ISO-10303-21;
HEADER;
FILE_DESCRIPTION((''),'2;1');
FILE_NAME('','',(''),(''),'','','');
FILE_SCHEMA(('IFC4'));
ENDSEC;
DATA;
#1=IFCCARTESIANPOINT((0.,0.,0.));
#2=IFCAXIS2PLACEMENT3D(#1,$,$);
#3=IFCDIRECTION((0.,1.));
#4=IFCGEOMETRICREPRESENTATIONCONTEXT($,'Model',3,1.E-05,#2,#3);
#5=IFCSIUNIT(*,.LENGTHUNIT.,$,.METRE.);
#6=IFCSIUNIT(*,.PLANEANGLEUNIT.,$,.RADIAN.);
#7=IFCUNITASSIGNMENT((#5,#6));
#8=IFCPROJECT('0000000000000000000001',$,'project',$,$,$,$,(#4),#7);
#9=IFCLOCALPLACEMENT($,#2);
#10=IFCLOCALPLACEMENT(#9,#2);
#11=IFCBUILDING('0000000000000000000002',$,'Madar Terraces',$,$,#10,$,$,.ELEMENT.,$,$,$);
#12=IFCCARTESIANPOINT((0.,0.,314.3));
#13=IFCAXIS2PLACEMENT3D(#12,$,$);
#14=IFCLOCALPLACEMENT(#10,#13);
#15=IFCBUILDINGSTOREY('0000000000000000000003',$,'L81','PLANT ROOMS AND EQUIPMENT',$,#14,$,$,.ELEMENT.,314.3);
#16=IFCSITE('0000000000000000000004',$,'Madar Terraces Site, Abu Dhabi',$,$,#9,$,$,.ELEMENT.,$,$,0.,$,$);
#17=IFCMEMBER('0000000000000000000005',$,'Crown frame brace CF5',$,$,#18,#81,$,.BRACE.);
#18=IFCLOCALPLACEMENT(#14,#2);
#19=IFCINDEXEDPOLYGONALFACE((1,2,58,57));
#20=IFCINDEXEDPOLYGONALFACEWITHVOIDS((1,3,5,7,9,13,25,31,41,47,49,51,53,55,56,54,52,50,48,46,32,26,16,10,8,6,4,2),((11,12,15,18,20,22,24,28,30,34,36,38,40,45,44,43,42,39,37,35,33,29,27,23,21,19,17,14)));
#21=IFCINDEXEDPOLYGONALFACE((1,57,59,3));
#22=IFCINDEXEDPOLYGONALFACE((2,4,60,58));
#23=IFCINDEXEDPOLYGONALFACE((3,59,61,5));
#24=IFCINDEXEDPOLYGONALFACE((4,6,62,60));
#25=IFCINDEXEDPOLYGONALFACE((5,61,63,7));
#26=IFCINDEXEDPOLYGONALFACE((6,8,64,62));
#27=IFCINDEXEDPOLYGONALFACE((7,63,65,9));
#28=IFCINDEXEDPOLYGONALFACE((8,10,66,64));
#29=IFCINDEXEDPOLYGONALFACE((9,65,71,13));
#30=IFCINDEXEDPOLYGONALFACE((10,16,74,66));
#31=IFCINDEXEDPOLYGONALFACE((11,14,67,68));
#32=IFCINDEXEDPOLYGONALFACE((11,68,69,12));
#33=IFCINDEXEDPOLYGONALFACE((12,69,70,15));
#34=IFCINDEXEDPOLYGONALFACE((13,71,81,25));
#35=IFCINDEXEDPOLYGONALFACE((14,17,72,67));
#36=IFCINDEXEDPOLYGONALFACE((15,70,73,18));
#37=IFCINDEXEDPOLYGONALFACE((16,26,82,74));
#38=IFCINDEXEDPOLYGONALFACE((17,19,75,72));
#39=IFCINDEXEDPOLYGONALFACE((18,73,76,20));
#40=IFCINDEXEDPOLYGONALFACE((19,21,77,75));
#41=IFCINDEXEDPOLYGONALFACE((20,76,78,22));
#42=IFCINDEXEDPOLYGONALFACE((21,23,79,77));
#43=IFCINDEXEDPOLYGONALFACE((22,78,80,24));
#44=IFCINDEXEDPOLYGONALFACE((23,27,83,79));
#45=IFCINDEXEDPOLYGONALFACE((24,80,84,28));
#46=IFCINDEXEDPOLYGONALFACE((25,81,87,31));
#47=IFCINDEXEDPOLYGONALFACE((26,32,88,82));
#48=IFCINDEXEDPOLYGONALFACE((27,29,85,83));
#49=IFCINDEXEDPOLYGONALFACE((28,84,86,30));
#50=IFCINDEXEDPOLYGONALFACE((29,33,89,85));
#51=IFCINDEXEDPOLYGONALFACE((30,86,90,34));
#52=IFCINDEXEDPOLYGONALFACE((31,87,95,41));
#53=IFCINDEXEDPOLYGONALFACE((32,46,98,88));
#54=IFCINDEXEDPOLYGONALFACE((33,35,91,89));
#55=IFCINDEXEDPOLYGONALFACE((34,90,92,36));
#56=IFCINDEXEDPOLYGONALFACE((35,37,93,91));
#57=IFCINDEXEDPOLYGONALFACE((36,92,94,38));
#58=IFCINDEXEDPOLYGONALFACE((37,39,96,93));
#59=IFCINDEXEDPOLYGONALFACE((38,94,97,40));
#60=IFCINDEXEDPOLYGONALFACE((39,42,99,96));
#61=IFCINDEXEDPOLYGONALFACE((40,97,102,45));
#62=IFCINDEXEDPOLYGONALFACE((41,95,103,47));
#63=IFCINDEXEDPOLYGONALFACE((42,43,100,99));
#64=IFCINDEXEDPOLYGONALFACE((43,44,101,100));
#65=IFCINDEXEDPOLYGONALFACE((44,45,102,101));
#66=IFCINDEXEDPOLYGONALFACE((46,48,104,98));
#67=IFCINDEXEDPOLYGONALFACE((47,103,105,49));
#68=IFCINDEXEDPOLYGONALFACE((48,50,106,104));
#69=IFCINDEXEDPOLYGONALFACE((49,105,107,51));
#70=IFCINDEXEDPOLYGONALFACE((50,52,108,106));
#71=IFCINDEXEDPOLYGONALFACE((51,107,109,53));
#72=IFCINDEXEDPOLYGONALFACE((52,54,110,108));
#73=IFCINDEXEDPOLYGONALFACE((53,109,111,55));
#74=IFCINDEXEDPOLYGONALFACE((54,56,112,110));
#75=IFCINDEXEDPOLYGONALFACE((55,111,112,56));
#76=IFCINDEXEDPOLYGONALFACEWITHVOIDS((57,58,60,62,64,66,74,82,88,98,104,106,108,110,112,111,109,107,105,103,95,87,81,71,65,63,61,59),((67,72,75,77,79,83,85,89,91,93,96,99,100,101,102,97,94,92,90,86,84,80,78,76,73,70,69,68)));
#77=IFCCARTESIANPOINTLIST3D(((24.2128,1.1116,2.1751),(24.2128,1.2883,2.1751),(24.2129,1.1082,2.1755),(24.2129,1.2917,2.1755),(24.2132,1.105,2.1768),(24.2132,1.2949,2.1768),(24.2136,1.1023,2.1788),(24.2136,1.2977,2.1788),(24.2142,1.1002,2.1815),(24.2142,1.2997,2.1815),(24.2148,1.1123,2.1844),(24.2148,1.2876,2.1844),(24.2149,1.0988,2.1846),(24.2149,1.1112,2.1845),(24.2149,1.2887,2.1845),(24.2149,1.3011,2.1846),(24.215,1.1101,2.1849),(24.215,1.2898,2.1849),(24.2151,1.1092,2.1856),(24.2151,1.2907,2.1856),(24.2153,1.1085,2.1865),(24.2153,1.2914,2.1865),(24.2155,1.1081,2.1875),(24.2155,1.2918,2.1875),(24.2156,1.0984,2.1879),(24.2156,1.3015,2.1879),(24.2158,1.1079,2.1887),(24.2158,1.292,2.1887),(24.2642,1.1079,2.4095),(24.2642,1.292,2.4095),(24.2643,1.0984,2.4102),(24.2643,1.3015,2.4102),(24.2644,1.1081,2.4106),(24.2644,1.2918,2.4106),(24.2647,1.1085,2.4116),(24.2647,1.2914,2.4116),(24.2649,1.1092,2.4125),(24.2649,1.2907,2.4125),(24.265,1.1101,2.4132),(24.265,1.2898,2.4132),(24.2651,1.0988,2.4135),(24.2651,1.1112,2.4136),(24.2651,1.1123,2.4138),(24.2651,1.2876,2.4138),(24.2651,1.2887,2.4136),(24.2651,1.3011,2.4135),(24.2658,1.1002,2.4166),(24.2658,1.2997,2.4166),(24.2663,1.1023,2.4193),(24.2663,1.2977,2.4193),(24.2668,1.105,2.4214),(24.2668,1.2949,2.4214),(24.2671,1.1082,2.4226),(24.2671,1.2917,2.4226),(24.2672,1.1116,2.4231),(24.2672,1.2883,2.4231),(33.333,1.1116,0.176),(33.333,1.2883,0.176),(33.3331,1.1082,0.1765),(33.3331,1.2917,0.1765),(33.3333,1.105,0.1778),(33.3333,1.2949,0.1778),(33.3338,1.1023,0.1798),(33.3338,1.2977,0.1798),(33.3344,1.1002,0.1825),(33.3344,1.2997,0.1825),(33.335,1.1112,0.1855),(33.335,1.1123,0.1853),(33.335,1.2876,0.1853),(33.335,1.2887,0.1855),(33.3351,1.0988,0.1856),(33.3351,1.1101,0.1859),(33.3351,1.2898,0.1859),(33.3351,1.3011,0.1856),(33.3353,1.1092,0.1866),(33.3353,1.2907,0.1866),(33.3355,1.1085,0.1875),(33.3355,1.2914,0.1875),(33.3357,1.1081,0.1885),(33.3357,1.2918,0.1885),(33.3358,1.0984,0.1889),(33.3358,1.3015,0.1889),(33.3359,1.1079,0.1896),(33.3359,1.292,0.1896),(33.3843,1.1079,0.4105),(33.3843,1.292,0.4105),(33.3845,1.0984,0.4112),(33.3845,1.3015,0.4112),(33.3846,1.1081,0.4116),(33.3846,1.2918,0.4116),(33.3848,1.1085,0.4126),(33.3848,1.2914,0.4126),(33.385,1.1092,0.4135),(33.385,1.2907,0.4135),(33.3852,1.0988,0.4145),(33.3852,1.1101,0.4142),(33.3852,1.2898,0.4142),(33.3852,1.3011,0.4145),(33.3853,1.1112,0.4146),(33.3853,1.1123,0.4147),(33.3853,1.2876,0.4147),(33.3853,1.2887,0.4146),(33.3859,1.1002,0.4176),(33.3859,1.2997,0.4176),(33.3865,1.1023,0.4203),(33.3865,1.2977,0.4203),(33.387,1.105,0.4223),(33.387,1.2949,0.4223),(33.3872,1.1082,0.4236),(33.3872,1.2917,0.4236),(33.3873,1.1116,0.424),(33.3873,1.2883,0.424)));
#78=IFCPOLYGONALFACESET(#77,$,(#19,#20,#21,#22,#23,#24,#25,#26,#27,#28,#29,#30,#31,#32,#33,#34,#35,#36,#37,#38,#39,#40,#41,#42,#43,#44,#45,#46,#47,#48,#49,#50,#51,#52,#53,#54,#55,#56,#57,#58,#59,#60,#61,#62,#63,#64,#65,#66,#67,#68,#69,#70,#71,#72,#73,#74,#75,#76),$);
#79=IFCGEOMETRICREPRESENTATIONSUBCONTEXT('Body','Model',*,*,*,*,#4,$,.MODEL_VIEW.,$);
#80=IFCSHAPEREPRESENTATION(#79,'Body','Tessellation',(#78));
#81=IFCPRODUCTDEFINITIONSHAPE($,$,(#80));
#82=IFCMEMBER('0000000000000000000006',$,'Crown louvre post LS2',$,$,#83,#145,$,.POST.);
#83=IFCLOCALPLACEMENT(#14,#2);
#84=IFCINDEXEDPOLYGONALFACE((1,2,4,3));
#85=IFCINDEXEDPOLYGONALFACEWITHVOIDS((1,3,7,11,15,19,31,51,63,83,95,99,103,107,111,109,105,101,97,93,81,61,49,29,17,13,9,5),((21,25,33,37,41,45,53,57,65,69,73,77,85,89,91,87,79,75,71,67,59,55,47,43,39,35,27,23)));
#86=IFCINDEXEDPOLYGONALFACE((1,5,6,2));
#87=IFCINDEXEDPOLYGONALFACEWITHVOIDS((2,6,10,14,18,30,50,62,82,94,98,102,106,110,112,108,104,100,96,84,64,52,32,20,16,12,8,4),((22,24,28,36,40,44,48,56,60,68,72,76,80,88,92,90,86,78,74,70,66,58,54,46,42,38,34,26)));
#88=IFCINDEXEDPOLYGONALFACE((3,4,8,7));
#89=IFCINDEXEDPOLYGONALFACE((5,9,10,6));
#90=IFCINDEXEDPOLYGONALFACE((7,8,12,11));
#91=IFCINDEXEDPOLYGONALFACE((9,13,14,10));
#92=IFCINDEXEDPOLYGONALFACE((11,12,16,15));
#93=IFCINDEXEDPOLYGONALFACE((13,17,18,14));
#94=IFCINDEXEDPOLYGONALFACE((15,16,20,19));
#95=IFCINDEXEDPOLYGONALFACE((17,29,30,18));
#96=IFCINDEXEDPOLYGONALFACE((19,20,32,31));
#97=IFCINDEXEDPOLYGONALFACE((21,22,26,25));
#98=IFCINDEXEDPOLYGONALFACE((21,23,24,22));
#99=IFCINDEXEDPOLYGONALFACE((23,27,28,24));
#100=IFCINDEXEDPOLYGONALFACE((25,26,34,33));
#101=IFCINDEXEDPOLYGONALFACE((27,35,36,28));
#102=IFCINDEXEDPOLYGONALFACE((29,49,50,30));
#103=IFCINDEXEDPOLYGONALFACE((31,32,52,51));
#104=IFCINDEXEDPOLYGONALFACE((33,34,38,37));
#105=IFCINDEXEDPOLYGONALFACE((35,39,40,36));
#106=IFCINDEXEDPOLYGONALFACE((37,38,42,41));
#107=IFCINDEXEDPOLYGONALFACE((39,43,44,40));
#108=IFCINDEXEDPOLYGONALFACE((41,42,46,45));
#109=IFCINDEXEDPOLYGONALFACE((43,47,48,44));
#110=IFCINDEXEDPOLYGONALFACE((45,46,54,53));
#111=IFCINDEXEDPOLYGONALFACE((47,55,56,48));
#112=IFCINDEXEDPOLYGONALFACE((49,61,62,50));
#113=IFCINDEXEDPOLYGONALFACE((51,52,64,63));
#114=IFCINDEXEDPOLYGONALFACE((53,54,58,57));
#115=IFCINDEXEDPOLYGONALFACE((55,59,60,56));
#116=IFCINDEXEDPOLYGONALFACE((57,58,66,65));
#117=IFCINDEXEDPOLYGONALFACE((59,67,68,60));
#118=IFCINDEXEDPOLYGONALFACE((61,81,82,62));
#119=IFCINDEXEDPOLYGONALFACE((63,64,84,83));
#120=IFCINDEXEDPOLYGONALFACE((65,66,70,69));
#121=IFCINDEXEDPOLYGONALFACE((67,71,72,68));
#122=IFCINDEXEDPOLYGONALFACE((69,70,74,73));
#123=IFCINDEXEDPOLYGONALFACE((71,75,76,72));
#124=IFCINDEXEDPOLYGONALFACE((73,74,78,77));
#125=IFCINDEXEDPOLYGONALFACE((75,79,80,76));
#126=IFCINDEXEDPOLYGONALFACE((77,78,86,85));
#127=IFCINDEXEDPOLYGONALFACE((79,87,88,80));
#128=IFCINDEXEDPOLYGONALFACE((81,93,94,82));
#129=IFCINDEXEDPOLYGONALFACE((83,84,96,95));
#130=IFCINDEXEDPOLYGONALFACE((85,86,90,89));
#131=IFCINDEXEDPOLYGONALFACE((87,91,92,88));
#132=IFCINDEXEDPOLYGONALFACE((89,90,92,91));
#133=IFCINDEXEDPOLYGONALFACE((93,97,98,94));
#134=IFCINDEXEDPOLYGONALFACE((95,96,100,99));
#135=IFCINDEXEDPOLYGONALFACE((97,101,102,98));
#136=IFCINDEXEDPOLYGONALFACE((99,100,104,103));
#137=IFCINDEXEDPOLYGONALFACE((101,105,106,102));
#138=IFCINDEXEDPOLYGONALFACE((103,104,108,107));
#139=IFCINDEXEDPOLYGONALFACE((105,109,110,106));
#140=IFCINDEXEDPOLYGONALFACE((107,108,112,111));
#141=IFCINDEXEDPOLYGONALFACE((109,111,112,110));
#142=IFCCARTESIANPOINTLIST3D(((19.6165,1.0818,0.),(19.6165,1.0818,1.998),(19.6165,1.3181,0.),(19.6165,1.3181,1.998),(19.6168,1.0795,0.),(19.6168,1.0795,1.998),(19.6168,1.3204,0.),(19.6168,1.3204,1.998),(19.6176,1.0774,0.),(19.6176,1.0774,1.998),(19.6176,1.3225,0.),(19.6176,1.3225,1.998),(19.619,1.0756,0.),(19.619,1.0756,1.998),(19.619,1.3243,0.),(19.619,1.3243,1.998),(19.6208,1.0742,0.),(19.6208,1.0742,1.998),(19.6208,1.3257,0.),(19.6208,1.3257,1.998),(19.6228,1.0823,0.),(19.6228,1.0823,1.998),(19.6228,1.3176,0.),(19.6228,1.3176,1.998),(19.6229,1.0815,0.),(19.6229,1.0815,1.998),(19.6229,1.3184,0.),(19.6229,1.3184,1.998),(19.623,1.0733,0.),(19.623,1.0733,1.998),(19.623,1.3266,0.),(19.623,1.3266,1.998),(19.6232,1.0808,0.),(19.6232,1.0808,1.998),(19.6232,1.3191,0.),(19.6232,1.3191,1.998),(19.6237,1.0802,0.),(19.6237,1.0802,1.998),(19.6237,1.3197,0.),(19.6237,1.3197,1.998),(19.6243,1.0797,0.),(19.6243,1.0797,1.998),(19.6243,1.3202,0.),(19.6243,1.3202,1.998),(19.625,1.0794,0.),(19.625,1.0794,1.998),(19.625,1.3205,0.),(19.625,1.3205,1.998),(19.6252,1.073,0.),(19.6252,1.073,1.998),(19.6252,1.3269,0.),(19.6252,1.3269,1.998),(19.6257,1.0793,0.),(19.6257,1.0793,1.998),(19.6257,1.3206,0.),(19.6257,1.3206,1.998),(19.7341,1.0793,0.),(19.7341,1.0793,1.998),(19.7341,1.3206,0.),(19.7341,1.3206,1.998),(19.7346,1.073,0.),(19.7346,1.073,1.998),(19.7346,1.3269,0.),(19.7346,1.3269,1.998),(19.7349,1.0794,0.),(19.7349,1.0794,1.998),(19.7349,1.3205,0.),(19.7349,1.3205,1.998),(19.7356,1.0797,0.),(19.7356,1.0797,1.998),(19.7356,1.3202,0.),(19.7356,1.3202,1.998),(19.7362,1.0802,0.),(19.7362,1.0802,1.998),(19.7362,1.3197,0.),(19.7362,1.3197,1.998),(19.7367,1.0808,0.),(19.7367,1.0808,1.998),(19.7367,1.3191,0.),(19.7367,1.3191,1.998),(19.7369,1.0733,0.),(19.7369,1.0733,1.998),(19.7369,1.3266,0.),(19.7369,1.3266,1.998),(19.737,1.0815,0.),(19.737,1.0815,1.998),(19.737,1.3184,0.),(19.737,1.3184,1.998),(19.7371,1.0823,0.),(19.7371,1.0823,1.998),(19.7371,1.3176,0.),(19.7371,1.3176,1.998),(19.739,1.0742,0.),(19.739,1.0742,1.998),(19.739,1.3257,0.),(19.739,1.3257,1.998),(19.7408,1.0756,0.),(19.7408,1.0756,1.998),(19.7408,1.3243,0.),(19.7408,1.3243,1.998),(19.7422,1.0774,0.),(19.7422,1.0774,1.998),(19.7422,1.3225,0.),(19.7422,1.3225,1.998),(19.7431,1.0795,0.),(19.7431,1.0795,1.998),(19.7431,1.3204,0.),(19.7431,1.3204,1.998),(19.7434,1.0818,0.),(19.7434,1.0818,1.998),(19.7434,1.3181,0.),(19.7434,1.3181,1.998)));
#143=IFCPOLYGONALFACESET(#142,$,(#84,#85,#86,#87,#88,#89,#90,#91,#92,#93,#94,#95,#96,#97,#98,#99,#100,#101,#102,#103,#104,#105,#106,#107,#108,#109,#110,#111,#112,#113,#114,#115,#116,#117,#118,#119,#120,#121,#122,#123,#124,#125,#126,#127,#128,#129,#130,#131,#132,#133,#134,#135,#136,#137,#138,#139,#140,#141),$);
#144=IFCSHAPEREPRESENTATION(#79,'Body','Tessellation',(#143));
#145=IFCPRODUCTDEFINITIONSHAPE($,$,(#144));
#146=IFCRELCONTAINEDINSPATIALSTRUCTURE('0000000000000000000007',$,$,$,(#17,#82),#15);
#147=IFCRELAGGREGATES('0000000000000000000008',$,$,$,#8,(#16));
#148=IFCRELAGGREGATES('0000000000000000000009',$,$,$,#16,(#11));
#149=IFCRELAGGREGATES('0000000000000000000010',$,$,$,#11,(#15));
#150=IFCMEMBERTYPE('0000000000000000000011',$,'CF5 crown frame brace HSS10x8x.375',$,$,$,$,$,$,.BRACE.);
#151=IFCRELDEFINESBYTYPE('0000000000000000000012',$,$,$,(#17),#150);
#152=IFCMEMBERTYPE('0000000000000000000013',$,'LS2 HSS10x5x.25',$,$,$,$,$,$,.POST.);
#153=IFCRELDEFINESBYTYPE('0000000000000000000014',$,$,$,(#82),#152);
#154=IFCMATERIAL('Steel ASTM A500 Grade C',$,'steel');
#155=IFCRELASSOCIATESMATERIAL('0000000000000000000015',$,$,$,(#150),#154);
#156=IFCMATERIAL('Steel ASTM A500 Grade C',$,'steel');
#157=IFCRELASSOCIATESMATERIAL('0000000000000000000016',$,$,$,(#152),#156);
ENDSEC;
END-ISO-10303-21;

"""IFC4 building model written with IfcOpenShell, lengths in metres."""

from ifc_helpers import new_model, si_unit, direction, frame, origin, origin_2d, place, context, subcontext, project, spatial, hollow_rectangle, extrude, material, material_profile, profile_set, type_object, element, save


model = new_model("IFC4")

# Units and contexts
model_context = context("Model", 3, precision=1e-05, world=origin(), true_north=direction((0.0, 1.0)))
body_context = subcontext(model_context, "Body", "Model", "MODEL_VIEW")
ifc_project = project(units=[si_unit("LENGTHUNIT", "METRE"), si_unit("PLANEANGLEUNIT", "RADIAN")], contexts=[model_context])

# Site, building, storey
site_placement = place(None, origin())
site = spatial("IfcSite", under=ifc_project, at=site_placement, Name="Madar Terraces Site, Abu Dhabi", CompositionType="ELEMENT", RefElevation=0.0)
building_placement = place(site_placement, origin())
building = spatial("IfcBuilding", under=site, at=building_placement, Name="Madar Terraces", CompositionType="ELEMENT")
storey_placement = place(building_placement, frame((0.0, 0.0, 314.3)))
storey = spatial("IfcBuildingStorey", under=building, at=storey_placement, Name="L81", Description="PLANT ROOMS AND EQUIPMENT", CompositionType="ELEMENT", Elevation=314.3)

# Members
ifc_material_1 = material(Name="Steel ASTM A500 Grade C", Category="steel")
ifc_material_profile_1 = material_profile(ifc_material_1, hollow_rectangle(XDim=0.2031, YDim=0.2539, WallThickness=0.0095, InnerFilletRadius=0.0044, OuterFilletRadius=0.0132, at=origin_2d()), Name="HSS10x8x.375")
ifc_profile_set_1 = profile_set([ifc_material_profile_1], Name="Steel ASTM A500 Grade C")
member_type_1 = type_object("IfcMemberType", Name="CF5 crown frame brace HSS10x8x.375", PredefinedType="BRACE", material=ifc_profile_set_1)
member_1_placement = place(storey_placement, frame((24.24, 1.2, 2.2991), z_axis=(0.976811, 0.0, -0.214105), x_axis=(0.0, 1.0, 0.0)))
element("IfcMember", 1, at=member_1_placement, inside=storey, type_object=member_type_1, Name="Crown frame brace CF5", PredefinedType="BRACE", context=body_context, shape_type="SweptSolid", body=[
    extrude(hollow_rectangle(XDim=0.2031, YDim=0.2539, WallThickness=0.0095, InnerFilletRadius=0.0044, OuterFilletRadius=0.0132, at=origin_2d()), origin(), (0.0, 0.0, 1.0), 9.3367),
])
ifc_material_2 = material(Name="Steel ASTM A500 Grade C", Category="steel")
ifc_material_profile_2 = material_profile(ifc_material_2, hollow_rectangle(XDim=0.127, YDim=0.2539, WallThickness=0.0063, InnerFilletRadius=0.0029, OuterFilletRadius=0.0088, at=origin_2d()), Name="HSS10x5x.25")
ifc_profile_set_2 = profile_set([ifc_material_profile_2], Name="Steel ASTM A500 Grade C")
member_type_2 = type_object("IfcMemberType", Name="LS2 HSS10x5x.25", PredefinedType="POST", material=ifc_profile_set_2)
member_2_placement = place(storey_placement, frame((19.6799, 1.2, 0.0), z_axis=(0.0, 0.0, 1.0), x_axis=(1.0, 0.0, 0.0)))
element("IfcMember", 2, at=member_2_placement, inside=storey, type_object=member_type_2, Name="Crown louvre post LS2", PredefinedType="POST", context=body_context, shape_type="SweptSolid", body=[
    extrude(hollow_rectangle(XDim=0.127, YDim=0.2539, WallThickness=0.0063, InnerFilletRadius=0.0029, OuterFilletRadius=0.0088, at=origin_2d()), origin(), (0.0, 0.0, 1.0), 1.998),
])

save(model, "model.ifc")
